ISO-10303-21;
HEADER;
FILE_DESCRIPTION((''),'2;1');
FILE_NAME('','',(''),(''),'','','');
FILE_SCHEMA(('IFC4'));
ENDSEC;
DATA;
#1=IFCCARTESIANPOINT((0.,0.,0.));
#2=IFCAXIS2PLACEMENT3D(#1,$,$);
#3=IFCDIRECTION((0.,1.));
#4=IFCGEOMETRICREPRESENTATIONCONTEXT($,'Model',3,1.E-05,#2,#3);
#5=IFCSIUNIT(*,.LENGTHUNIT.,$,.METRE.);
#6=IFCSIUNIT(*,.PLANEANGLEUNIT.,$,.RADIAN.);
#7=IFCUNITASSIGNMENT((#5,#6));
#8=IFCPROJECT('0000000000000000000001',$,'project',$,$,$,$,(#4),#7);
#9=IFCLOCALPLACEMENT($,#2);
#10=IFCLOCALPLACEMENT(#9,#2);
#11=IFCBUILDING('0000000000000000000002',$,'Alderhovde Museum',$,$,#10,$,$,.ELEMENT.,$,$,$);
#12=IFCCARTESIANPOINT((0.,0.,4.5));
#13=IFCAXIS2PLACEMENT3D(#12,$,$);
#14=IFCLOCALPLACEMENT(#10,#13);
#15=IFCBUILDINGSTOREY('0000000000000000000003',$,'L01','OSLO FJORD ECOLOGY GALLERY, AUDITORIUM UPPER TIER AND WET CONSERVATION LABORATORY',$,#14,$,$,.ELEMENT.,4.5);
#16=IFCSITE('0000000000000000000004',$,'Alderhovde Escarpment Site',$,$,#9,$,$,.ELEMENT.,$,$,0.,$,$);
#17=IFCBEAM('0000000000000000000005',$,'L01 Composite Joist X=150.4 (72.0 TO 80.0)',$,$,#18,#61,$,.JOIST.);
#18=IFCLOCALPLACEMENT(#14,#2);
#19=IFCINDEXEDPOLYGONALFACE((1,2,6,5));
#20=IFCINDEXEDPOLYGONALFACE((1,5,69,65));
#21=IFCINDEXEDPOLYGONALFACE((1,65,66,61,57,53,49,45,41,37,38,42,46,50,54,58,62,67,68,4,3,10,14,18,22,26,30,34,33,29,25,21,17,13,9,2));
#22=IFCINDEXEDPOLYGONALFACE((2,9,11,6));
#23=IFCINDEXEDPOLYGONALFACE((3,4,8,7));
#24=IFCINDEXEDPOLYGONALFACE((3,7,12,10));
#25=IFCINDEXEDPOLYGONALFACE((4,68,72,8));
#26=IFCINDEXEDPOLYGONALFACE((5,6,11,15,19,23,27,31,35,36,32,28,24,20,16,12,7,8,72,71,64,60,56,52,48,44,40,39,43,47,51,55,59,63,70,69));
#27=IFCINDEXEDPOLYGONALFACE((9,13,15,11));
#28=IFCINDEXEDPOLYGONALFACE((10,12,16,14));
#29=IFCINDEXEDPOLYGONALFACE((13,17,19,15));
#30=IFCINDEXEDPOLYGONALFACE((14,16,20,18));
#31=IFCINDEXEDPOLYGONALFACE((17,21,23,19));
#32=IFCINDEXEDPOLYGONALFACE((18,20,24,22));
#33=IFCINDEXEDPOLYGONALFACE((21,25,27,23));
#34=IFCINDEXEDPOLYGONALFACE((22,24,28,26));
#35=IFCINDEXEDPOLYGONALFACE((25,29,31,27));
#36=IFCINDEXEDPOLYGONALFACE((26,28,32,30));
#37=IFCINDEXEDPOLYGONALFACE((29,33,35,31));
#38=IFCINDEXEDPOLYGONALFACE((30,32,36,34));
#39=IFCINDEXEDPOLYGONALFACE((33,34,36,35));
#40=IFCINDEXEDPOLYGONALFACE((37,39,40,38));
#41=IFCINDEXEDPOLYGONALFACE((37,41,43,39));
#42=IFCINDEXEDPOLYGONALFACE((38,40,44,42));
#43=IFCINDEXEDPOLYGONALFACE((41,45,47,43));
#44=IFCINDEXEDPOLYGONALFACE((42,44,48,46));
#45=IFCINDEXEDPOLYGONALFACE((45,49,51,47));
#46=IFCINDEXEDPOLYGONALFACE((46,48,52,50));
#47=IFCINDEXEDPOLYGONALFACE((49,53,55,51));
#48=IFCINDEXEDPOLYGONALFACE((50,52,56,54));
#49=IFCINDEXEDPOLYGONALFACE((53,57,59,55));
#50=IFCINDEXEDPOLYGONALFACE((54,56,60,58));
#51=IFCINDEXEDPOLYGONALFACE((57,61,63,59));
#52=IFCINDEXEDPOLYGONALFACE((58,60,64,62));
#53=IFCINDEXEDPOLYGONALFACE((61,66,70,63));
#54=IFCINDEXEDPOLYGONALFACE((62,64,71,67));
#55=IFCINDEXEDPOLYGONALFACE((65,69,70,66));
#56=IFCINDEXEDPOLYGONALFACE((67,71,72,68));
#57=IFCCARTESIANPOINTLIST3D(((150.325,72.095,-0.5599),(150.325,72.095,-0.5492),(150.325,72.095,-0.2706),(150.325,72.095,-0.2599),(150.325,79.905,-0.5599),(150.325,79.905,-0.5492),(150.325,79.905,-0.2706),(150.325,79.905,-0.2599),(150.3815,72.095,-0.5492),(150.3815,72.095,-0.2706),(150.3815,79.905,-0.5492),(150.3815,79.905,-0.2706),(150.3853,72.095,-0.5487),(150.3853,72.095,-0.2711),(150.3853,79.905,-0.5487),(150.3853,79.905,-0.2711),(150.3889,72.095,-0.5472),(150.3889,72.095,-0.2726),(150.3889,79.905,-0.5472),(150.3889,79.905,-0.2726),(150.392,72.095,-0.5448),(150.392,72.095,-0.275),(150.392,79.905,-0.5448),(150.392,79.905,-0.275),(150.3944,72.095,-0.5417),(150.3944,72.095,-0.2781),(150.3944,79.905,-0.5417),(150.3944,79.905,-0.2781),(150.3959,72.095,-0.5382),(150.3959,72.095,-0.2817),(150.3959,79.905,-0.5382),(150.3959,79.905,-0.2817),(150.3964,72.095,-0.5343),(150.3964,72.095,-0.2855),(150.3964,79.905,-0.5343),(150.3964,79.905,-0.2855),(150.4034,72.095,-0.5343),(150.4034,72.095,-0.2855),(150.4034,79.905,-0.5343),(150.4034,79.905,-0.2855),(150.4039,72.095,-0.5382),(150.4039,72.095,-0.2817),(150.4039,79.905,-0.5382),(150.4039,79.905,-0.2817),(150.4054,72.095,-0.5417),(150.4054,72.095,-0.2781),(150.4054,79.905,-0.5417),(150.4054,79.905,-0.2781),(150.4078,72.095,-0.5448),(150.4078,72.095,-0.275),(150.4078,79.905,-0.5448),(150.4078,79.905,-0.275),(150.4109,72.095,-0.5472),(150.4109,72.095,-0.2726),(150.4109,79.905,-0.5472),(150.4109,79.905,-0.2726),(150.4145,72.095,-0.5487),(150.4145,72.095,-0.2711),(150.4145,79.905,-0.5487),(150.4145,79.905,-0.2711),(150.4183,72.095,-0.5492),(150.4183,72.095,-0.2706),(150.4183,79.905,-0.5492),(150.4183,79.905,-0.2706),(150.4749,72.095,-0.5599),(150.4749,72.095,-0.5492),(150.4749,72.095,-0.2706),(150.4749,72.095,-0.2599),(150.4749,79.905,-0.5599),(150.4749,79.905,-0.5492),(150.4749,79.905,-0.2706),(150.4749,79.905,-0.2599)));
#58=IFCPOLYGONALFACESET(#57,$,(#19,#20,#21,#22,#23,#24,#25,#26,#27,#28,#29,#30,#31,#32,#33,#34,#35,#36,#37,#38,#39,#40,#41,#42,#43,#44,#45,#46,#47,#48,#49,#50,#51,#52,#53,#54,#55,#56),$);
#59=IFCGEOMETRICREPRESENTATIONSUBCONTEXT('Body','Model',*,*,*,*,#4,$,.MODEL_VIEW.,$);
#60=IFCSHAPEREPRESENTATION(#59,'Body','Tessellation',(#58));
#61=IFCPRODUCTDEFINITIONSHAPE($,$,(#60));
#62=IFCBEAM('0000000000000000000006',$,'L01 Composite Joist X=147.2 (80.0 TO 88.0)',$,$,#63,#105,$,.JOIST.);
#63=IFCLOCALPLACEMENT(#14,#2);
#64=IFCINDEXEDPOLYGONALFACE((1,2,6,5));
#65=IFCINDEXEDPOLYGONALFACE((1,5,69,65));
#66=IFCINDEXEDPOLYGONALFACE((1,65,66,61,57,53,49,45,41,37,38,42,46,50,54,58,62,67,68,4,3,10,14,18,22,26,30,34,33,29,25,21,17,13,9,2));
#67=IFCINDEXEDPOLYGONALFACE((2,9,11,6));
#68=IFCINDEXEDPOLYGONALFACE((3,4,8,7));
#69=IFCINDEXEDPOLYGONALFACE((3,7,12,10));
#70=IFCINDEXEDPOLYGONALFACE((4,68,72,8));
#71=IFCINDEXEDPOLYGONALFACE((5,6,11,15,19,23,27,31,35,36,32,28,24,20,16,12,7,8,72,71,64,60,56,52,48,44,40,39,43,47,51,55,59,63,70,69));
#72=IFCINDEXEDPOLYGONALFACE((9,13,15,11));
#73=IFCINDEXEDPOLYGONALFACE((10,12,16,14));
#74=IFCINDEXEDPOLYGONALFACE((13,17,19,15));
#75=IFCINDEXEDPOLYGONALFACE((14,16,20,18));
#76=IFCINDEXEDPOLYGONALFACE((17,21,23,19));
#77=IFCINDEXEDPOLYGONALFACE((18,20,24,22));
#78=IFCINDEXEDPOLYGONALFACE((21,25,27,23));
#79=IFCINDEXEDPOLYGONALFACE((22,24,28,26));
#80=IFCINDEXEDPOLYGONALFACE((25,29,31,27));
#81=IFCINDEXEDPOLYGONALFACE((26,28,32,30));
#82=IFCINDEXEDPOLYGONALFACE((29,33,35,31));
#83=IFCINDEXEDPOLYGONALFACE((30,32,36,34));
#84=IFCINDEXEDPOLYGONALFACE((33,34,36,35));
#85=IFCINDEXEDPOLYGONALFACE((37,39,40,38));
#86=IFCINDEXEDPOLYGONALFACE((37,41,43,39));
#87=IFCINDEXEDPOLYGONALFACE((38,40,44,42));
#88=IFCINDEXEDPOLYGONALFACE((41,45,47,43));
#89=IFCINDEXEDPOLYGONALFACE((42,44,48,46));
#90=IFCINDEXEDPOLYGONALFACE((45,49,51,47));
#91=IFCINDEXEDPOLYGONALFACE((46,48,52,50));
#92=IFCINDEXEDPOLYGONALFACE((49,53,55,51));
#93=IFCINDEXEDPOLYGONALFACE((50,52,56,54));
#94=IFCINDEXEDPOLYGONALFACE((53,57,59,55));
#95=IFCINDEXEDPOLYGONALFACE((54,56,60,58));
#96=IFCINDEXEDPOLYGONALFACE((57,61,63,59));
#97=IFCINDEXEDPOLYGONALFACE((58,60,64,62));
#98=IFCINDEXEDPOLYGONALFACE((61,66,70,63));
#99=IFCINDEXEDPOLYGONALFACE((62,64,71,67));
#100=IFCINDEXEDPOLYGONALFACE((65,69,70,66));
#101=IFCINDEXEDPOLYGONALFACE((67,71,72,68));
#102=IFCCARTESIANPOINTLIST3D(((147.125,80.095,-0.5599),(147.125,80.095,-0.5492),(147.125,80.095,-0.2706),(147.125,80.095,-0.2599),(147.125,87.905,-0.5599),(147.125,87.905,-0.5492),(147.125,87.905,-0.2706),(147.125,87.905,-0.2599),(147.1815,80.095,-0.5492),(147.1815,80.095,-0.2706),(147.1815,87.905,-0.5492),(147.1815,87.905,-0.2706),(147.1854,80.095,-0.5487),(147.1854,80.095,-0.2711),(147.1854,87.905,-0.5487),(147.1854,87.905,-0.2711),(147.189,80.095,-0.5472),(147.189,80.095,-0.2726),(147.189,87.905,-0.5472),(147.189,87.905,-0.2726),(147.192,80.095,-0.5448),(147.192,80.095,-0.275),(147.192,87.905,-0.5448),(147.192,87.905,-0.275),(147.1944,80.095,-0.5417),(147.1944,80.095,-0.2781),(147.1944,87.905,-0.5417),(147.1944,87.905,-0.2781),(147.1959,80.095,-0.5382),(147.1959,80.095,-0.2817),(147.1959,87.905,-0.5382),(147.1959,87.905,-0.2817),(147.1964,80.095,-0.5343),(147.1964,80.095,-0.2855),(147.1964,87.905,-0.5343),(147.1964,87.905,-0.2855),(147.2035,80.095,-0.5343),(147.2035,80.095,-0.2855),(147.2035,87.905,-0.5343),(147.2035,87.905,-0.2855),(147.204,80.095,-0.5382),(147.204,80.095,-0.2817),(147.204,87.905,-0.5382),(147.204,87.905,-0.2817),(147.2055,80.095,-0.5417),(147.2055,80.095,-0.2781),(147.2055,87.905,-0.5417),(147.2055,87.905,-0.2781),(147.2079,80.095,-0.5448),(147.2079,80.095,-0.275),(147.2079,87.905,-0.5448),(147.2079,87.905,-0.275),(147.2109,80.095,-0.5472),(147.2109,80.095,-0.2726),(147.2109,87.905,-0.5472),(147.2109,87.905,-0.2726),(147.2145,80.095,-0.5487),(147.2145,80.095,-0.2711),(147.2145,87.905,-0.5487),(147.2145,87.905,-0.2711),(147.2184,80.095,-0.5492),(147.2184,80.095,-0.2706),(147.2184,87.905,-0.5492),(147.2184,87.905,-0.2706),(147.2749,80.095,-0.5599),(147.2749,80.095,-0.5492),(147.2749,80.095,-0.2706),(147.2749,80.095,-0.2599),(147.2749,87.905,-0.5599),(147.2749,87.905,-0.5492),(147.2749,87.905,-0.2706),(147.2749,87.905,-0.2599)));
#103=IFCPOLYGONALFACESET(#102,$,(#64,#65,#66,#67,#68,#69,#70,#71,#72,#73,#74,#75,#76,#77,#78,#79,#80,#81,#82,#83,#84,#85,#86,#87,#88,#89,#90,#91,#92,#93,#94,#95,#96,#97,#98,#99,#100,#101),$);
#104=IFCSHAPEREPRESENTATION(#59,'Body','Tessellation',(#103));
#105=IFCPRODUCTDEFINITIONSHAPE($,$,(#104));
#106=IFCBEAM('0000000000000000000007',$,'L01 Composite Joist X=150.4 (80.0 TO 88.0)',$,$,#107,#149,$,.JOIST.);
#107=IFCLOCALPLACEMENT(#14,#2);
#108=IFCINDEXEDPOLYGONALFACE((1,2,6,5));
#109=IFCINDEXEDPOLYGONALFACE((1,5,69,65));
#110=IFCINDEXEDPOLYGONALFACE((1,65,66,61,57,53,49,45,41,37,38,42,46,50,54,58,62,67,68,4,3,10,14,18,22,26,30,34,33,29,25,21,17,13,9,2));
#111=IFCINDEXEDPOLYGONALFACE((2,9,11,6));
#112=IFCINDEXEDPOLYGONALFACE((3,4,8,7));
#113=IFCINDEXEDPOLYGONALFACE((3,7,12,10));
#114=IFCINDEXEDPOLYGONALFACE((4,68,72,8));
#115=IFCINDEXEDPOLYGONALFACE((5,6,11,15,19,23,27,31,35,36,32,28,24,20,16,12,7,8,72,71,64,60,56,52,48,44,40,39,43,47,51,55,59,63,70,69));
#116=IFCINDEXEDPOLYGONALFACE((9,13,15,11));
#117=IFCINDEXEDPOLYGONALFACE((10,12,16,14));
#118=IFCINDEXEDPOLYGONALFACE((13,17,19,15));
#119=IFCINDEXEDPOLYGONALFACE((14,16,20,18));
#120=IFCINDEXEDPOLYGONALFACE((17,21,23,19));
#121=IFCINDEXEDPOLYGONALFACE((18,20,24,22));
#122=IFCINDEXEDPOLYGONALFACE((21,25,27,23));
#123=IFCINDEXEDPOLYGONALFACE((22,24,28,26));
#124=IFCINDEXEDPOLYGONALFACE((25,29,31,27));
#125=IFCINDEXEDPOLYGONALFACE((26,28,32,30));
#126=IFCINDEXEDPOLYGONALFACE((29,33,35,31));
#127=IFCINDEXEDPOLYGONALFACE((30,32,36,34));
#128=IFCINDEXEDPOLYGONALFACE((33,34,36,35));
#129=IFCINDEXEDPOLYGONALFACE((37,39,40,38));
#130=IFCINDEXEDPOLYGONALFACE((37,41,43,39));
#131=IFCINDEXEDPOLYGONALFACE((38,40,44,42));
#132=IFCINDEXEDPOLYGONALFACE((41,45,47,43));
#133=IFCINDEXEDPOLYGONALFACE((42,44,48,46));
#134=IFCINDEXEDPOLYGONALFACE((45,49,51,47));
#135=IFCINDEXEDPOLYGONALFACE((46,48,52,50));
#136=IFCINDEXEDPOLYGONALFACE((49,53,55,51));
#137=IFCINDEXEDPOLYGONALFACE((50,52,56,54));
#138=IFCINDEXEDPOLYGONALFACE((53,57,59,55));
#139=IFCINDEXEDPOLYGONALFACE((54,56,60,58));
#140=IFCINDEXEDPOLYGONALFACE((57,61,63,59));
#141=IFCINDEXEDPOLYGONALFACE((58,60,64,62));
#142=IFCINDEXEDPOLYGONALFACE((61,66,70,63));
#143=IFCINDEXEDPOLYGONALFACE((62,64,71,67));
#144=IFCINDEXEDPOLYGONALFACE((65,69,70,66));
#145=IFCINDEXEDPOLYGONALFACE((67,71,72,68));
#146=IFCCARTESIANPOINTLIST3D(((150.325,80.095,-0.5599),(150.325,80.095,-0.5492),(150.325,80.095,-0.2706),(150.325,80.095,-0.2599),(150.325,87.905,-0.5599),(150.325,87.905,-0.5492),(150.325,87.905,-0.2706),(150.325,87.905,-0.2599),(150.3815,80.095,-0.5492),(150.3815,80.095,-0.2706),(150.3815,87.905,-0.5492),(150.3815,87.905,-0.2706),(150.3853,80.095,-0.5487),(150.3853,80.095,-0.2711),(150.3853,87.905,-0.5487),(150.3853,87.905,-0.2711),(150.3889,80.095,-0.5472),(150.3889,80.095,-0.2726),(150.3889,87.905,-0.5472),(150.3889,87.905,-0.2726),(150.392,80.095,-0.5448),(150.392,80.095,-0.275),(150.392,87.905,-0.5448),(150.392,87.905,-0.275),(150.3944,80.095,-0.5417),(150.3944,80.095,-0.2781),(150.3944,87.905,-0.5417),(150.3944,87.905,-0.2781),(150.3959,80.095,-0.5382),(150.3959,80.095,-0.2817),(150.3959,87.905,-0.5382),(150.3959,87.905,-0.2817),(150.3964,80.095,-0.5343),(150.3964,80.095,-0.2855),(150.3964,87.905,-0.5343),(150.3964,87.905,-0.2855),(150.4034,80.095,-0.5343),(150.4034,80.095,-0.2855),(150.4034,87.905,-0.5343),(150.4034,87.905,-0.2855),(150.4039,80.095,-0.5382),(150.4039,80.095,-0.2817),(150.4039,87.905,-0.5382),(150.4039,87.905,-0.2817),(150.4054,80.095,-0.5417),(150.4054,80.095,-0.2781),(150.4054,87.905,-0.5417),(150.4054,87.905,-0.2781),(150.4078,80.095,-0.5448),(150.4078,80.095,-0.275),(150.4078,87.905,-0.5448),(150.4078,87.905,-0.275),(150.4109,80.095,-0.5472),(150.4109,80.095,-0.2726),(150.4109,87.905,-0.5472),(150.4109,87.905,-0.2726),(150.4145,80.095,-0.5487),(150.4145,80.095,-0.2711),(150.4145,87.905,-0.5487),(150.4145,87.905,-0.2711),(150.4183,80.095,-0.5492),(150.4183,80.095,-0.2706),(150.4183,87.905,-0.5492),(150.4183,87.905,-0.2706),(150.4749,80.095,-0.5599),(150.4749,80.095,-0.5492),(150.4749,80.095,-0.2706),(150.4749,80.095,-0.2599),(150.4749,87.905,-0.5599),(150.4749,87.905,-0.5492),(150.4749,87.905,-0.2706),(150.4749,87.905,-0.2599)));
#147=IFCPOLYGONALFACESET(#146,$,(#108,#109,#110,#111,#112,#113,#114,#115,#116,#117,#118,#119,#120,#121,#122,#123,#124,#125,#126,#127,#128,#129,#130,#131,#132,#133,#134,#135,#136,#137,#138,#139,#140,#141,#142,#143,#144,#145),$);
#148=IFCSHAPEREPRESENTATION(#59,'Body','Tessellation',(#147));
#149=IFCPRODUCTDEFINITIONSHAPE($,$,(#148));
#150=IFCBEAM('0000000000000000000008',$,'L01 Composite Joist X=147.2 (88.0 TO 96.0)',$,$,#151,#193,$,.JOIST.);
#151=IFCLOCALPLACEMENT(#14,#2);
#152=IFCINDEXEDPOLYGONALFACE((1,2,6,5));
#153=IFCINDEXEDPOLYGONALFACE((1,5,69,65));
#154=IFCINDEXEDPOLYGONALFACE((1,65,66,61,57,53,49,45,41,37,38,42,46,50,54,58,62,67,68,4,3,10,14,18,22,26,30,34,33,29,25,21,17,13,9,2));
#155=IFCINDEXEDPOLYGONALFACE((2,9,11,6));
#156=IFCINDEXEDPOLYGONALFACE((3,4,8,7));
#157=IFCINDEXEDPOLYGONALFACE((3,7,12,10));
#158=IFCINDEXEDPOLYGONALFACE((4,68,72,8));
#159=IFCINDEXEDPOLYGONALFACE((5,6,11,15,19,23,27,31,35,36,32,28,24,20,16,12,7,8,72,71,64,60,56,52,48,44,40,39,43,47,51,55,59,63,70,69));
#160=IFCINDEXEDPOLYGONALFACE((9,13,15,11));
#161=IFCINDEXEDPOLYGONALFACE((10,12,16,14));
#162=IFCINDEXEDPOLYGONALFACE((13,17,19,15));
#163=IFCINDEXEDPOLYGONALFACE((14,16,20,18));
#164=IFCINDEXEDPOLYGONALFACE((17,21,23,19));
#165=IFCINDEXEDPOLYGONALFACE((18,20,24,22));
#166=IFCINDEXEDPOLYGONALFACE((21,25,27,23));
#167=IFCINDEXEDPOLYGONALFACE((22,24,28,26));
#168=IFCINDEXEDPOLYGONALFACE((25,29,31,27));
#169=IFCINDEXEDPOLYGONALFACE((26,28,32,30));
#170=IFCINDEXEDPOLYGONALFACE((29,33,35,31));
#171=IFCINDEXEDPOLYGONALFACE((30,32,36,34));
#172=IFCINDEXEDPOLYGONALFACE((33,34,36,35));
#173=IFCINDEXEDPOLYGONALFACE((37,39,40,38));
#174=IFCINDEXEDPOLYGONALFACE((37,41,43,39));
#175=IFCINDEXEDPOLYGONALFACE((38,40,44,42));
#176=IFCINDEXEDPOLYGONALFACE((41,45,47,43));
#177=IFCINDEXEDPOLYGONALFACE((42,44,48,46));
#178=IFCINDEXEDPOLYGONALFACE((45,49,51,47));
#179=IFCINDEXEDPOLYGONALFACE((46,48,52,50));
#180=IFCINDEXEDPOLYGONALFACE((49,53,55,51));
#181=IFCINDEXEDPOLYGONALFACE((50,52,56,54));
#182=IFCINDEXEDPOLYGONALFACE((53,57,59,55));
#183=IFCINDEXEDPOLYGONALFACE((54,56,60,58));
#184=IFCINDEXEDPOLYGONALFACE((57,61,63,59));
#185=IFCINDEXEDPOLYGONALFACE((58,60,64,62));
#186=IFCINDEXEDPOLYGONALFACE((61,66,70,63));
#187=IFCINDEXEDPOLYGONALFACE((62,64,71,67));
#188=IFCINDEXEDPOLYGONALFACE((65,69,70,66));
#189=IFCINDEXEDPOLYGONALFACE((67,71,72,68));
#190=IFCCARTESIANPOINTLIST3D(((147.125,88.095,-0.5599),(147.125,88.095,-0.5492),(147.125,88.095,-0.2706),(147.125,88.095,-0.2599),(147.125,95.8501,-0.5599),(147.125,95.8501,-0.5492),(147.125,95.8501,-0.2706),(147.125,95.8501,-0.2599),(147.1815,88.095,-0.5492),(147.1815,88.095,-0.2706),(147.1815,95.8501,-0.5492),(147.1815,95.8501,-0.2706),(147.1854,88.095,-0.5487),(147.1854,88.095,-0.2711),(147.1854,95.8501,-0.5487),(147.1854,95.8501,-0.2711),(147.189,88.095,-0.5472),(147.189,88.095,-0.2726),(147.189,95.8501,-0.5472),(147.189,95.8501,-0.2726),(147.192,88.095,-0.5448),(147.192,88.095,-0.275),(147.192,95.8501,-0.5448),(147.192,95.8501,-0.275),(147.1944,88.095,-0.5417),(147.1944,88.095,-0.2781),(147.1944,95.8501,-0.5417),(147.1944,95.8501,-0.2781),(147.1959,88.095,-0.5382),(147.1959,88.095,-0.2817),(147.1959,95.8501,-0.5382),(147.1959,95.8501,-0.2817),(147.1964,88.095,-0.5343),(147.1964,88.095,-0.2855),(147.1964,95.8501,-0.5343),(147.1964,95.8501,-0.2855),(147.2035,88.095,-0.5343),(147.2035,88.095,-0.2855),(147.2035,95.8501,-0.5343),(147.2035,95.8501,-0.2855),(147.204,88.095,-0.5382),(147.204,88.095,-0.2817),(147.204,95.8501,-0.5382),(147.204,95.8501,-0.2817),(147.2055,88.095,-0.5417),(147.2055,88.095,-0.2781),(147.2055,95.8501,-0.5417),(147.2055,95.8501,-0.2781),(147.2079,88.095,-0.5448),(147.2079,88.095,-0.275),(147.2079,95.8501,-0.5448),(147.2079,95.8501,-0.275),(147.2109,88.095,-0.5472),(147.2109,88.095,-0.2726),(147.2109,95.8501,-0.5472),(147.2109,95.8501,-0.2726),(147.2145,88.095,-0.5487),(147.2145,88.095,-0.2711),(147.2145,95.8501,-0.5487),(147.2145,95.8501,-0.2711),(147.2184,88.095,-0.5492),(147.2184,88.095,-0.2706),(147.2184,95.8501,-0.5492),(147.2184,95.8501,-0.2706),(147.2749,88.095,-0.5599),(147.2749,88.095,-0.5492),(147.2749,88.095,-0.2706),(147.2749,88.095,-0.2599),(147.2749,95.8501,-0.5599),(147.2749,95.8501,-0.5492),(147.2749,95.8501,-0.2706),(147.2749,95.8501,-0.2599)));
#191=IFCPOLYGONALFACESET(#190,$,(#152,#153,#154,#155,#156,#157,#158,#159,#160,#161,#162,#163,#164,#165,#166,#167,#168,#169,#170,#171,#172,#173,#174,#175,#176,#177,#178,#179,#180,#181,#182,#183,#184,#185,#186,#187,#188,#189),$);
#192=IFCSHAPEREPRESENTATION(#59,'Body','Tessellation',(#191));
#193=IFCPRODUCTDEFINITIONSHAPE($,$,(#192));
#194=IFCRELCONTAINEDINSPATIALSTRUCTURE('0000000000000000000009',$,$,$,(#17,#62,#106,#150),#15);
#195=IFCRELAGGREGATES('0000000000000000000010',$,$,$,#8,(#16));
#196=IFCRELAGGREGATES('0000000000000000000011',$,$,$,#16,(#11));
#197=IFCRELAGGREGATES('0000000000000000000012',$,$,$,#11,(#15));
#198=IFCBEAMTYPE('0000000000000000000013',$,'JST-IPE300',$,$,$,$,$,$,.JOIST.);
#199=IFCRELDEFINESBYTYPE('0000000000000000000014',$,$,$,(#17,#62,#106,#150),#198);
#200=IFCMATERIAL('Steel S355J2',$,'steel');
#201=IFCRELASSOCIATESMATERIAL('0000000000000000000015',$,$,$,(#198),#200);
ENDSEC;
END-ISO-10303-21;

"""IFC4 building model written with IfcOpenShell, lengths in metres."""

from ifc_helpers import new_model, si_unit, direction, frame, origin, origin_2d, place, context, subcontext, project, spatial, i_section, extrude, material, material_profile, profile_set, type_object, element, save


model = new_model("IFC4")

# Units and contexts
model_context = context("Model", 3, precision=1e-05, world=origin(), true_north=direction((0.0, 1.0)))
body_context = subcontext(model_context, "Body", "Model", "MODEL_VIEW")
ifc_project = project(units=[si_unit("LENGTHUNIT", "METRE"), si_unit("PLANEANGLEUNIT", "RADIAN")], contexts=[model_context])

# Site, building, storey
site_placement = place(None, origin())
site = spatial("IfcSite", under=ifc_project, at=site_placement, Name="Alderhovde Escarpment Site", CompositionType="ELEMENT", RefElevation=0.0)
building_placement = place(site_placement, origin())
building = spatial("IfcBuilding", under=site, at=building_placement, Name="Alderhovde Museum", CompositionType="ELEMENT")
storey_placement = place(building_placement, frame((0.0, 0.0, 4.5)))
storey = spatial("IfcBuildingStorey", under=building, at=storey_placement, Name="L01", Description="OSLO FJORD ECOLOGY GALLERY, AUDITORIUM UPPER TIER AND WET CONSERVATION LABORATORY", CompositionType="ELEMENT", Elevation=4.5)

# Beams
ifc_material_1 = material(Name="Steel S355J2", Category="steel")
ifc_material_profile_1 = material_profile(ifc_material_1, i_section(OverallWidth=0.1499, OverallDepth=0.3, WebThickness=0.0071, FlangeThickness=0.0107, FilletRadius=0.0149, at=origin_2d()), Name="IPE 300")
ifc_profile_set_1 = profile_set([ifc_material_profile_1], Name="Steel S355J2")
beam_type_1 = type_object("IfcBeamType", Name="JST-IPE300", PredefinedType="JOIST", material=ifc_profile_set_1)
for number, where, z_axis, x_axis, name in (
    (1, (150.3999, 72.095, -0.4099), (0.0, 1.0, 0.0), (-1.0, 0.0, 0.0), "L01 Composite Joist X=150.4 (72.0 TO 80.0)"),
    (2, (147.2, 80.095, -0.4099), (0.0, 1.0, 0.0), (-1.0, 0.0, 0.0), "L01 Composite Joist X=147.2 (80.0 TO 88.0)"),
    (3, (150.3999, 80.095, -0.4099), (0.0, 1.0, 0.0), (-1.0, 0.0, 0.0), "L01 Composite Joist X=150.4 (80.0 TO 88.0)"),
):
    element("IfcBeam", number, at=place(storey_placement, frame(where, z_axis=z_axis, x_axis=x_axis)), inside=storey, type_object=beam_type_1, Name=name, PredefinedType="JOIST", context=body_context, shape_type="SweptSolid", body=[
        extrude(i_section(OverallWidth=0.1499, OverallDepth=0.3, WebThickness=0.0071, FlangeThickness=0.0107, FilletRadius=0.0149, at=origin_2d()), origin(), (0.0, 0.0, 1.0), 7.8101),
    ])
for number, where, z_axis, x_axis, name in (
    (4, (147.2, 88.095, -0.4099), (0.0, 1.0, 0.0), (-1.0, 0.0, 0.0), "L01 Composite Joist X=147.2 (88.0 TO 96.0)"),
):
    element("IfcBeam", number, at=place(storey_placement, frame(where, z_axis=z_axis, x_axis=x_axis)), inside=storey, type_object=beam_type_1, Name=name, PredefinedType="JOIST", context=body_context, shape_type="SweptSolid", body=[
        extrude(i_section(OverallWidth=0.1499, OverallDepth=0.3, WebThickness=0.0071, FlangeThickness=0.0107, FilletRadius=0.0149, at=origin_2d()), origin(), (0.0, 0.0, 1.0), 7.7551),
    ])

save(model, "model.ifc")
